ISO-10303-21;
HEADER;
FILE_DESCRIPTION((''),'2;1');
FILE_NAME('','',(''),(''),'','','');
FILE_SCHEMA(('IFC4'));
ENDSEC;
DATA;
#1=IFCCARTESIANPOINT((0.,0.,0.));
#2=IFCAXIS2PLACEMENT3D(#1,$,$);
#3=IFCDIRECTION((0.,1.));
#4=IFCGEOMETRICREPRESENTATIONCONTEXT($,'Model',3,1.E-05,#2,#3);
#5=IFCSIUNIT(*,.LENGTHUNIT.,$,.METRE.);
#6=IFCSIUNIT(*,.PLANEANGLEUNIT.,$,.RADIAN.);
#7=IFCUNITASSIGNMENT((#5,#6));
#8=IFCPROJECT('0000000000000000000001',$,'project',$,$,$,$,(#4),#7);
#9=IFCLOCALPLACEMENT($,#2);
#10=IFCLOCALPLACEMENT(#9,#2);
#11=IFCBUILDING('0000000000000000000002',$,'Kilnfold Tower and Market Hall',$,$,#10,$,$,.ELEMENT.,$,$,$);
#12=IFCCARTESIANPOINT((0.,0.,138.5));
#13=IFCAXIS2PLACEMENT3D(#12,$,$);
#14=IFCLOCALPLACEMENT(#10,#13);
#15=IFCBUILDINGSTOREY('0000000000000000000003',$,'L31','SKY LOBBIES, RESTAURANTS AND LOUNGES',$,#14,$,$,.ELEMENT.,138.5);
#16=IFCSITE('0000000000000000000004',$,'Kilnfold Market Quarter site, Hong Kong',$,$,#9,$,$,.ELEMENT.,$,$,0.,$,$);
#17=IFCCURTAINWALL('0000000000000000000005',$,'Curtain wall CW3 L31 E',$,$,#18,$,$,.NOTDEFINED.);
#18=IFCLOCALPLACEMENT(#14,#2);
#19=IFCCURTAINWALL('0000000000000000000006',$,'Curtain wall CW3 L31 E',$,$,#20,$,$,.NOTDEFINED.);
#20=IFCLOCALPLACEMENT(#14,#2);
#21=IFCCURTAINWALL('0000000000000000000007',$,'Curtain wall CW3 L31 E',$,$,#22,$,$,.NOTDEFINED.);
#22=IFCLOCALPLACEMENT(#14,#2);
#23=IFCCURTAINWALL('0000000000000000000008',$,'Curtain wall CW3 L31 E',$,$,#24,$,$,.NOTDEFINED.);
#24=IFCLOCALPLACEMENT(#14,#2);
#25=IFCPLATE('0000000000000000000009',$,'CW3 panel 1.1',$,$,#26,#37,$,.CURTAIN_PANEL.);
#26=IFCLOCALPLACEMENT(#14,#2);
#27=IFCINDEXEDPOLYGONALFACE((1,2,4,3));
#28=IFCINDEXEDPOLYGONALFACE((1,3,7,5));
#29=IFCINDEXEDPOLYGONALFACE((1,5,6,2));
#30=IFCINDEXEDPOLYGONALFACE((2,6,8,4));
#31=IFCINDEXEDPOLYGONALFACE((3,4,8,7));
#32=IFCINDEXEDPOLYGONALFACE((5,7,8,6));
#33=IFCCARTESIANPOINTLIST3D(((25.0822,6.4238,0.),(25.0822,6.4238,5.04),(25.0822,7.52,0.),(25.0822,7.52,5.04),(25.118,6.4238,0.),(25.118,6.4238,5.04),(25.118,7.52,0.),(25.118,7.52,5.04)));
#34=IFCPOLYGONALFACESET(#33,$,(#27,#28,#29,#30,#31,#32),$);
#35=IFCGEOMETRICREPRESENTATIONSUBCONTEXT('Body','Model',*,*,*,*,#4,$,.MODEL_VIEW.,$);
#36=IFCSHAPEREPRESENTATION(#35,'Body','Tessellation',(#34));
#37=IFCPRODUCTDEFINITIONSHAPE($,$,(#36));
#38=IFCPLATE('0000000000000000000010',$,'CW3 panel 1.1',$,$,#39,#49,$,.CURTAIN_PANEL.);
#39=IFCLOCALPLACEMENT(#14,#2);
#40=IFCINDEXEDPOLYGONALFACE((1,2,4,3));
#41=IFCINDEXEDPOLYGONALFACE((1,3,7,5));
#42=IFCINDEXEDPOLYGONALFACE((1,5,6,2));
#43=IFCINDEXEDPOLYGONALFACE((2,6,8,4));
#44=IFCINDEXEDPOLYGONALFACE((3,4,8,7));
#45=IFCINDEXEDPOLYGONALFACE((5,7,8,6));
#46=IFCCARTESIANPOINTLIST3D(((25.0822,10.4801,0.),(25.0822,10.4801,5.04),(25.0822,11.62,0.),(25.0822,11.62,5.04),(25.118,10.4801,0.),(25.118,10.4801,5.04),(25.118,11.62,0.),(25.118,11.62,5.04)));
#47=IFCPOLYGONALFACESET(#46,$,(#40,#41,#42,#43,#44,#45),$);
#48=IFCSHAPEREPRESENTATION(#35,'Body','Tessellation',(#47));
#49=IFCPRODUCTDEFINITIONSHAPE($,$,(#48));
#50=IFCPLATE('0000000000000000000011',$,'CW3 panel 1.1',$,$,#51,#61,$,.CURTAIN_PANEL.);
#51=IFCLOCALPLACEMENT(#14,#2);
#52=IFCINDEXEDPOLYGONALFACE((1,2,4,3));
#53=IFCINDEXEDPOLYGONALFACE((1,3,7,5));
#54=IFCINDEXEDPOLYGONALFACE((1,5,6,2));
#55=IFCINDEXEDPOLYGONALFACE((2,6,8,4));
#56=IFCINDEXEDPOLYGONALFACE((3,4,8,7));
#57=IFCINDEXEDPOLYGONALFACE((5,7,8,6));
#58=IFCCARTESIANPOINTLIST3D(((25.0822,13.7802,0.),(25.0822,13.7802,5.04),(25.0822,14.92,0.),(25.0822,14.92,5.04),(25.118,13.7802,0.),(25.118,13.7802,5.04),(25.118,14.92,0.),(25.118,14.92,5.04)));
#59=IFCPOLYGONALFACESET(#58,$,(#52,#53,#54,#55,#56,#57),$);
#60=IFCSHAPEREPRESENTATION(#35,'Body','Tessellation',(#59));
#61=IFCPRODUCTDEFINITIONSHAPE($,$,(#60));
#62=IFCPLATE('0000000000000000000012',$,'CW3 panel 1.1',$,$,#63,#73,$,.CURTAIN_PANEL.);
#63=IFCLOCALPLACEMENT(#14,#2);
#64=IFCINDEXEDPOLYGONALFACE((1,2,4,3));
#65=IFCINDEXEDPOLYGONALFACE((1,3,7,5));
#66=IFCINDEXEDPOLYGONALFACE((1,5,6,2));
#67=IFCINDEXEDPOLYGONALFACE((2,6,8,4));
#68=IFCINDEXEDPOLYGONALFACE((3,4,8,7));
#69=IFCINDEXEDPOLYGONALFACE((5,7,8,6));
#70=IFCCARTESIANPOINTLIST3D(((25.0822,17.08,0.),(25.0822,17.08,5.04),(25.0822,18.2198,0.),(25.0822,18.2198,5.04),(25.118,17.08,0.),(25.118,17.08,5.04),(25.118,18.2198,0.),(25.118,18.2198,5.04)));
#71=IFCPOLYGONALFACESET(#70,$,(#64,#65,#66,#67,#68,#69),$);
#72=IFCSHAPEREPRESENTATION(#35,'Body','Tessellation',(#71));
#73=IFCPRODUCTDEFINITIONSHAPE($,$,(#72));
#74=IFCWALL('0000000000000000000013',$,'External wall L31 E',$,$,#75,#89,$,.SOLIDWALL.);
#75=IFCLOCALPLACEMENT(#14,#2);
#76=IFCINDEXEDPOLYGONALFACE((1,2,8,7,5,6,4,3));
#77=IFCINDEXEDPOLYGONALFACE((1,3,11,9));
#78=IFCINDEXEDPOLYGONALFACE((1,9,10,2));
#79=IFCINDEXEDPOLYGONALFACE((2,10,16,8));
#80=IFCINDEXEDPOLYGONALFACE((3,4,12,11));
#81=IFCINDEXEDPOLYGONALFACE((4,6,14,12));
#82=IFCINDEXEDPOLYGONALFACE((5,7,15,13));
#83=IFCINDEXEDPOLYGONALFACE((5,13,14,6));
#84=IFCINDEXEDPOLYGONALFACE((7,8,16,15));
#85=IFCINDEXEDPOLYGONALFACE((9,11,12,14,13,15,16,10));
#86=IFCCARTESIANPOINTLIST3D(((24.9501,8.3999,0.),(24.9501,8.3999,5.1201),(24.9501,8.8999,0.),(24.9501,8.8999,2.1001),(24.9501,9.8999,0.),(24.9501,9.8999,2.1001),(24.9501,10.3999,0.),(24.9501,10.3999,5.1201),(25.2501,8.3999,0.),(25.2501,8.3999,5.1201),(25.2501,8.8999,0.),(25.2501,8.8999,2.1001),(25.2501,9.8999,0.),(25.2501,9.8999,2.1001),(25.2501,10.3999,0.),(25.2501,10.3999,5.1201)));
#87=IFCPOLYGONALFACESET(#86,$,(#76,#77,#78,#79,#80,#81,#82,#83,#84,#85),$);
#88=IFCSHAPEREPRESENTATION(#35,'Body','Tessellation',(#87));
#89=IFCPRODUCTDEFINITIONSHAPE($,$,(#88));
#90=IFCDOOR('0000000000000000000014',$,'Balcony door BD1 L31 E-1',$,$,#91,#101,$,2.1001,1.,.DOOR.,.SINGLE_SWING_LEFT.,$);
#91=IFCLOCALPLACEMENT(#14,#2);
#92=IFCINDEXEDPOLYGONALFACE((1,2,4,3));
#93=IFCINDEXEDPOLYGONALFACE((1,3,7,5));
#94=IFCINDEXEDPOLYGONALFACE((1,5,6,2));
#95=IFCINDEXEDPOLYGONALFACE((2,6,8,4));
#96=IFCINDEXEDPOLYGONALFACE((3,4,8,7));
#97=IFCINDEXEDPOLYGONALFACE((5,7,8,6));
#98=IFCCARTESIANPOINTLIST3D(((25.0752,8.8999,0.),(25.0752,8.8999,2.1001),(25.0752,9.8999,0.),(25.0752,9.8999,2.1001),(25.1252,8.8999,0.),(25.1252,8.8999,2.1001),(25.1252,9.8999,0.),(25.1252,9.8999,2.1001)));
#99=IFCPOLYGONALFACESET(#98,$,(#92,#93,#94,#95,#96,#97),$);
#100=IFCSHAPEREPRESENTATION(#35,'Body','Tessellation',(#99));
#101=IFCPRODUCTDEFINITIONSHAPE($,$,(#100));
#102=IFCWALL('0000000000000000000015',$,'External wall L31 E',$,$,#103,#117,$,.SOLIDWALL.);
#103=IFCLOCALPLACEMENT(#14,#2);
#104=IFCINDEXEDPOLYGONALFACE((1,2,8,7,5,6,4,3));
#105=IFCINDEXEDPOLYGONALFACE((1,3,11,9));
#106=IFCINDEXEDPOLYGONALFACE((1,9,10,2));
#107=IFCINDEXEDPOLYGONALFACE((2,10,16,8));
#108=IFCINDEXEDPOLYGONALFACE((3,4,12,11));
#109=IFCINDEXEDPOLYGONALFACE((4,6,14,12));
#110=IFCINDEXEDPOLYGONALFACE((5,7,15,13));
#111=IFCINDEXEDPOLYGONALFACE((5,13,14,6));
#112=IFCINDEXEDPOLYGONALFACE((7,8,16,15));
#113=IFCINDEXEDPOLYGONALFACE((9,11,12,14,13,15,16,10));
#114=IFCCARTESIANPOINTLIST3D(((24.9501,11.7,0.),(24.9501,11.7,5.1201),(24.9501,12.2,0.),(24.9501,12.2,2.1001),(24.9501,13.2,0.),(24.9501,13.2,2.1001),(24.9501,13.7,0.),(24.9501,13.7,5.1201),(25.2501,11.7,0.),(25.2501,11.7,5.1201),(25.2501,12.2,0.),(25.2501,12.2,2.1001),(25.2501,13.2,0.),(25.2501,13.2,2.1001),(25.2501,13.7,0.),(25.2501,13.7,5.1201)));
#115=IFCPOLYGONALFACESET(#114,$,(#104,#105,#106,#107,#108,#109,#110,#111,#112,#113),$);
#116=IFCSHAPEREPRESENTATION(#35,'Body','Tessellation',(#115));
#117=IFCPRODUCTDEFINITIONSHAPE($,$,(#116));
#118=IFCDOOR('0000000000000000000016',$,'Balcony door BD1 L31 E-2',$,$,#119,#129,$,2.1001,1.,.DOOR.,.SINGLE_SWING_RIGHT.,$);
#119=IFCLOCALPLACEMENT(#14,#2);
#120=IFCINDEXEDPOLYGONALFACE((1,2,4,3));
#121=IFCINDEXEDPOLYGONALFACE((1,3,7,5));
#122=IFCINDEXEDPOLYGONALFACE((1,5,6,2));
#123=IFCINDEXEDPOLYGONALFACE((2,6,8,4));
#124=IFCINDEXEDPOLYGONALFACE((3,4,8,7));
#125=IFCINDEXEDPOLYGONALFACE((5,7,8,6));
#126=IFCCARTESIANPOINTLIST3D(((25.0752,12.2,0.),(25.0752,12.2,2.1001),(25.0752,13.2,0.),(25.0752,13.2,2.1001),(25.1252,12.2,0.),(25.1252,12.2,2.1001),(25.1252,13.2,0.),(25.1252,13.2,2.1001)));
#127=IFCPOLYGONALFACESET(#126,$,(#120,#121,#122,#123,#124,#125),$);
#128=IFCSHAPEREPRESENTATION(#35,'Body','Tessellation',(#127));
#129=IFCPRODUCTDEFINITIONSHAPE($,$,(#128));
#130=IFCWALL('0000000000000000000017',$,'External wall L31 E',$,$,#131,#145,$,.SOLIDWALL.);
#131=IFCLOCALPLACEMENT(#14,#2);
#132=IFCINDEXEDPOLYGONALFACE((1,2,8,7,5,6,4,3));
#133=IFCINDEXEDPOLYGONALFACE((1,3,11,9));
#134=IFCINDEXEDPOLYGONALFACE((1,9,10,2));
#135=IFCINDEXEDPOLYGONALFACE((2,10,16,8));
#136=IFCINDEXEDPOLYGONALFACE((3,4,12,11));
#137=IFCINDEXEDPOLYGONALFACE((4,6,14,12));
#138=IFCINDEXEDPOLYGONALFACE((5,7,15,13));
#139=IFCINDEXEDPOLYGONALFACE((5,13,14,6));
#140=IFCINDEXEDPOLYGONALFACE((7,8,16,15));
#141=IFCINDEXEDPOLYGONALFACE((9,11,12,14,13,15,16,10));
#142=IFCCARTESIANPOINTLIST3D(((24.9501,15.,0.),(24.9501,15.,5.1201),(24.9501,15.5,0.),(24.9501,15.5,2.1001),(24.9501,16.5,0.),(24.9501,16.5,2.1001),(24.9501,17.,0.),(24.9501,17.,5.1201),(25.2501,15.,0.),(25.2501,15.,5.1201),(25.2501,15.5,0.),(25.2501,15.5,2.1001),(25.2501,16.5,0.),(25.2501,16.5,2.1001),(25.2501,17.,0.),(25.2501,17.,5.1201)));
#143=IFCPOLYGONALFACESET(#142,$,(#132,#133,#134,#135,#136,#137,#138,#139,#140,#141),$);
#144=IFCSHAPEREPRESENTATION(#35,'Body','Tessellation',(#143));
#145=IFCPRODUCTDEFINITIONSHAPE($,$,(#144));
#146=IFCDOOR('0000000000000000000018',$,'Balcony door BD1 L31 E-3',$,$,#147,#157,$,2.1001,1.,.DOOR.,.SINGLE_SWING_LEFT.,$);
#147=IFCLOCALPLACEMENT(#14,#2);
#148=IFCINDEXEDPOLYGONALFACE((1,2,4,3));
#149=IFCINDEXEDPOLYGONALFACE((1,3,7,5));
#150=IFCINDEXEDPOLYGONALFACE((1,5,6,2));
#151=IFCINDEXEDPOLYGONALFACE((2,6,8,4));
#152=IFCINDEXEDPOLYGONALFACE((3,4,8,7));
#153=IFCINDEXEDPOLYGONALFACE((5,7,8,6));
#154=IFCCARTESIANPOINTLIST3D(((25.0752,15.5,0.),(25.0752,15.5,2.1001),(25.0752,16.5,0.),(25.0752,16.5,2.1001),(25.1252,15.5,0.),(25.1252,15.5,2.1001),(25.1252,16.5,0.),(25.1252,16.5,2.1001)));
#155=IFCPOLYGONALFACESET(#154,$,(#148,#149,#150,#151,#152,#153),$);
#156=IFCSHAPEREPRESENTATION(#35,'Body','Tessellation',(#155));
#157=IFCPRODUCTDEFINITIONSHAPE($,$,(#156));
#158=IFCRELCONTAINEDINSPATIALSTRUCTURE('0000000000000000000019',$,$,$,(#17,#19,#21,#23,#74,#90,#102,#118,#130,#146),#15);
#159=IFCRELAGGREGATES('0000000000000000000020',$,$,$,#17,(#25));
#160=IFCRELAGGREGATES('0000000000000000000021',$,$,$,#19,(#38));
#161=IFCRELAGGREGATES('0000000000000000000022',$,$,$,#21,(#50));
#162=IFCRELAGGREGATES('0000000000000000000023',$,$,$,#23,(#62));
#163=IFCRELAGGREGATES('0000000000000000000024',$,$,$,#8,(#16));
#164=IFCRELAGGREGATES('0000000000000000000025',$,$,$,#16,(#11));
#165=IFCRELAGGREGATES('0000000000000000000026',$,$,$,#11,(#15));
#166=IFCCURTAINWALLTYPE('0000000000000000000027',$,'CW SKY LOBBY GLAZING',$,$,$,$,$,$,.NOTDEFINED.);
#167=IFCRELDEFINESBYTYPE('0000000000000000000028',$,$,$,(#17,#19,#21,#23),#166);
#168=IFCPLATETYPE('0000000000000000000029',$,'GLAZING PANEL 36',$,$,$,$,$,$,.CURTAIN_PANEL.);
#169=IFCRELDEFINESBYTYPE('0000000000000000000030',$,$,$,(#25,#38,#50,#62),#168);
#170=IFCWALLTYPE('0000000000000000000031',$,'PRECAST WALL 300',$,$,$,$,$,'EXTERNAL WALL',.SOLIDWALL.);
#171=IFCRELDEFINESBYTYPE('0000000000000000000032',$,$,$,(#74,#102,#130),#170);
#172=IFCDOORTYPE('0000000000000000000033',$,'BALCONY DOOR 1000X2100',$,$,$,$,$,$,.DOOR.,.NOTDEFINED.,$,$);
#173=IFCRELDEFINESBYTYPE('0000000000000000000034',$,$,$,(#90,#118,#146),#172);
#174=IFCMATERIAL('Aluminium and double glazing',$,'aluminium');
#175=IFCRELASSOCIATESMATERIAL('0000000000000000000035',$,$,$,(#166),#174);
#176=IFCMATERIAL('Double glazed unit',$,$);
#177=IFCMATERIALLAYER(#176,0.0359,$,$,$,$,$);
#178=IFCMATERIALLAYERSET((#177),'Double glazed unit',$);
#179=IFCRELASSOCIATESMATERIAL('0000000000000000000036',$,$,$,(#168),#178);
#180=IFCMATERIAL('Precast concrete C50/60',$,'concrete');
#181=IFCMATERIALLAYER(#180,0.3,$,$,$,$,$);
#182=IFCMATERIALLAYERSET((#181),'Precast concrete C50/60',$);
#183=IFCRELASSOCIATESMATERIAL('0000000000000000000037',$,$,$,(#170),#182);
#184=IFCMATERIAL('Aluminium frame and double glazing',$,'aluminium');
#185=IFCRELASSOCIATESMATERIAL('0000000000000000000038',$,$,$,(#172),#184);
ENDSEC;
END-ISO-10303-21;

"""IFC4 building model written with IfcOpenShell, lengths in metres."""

from ifc_helpers import new_model, si_unit, direction, frame, frame_2d, origin, origin_2d, place, context, subcontext, project, spatial, rectangle, extrude, source, transform, mapped, material, layer, layer_set, type_object, element, fill, aggregate, save


model = new_model("IFC4")

# Units and contexts
model_context = context("Model", 3, precision=1e-05, world=origin(), true_north=direction((0.0, 1.0)))
body_context = subcontext(model_context, "Body", "Model", "MODEL_VIEW")
ifc_project = project(units=[si_unit("LENGTHUNIT", "METRE"), si_unit("PLANEANGLEUNIT", "RADIAN")], contexts=[model_context])

# Site, building, storey
site_placement = place(None, origin())
site = spatial("IfcSite", under=ifc_project, at=site_placement, Name="Kilnfold Market Quarter site, Hong Kong", CompositionType="ELEMENT", RefElevation=0.0)
building_placement = place(site_placement, origin())
building = spatial("IfcBuilding", under=site, at=building_placement, Name="Kilnfold Tower and Market Hall", CompositionType="ELEMENT")
storey_placement = place(building_placement, frame((0.0, 0.0, 138.5)))
storey = spatial("IfcBuildingStorey", under=building, at=storey_placement, Name="L31", Description="SKY LOBBIES, RESTAURANTS AND LOUNGES", CompositionType="ELEMENT", Elevation=138.5)

# Curtain wall
ifc_material_1 = material(Name="Aluminium and double glazing", Category="aluminium")
curtain_wall_type = type_object("IfcCurtainWallType", Name="CW SKY LOBBY GLAZING", PredefinedType="NOTDEFINED", material=ifc_material_1)
curtain_wall_1_placement = place(storey_placement, origin())
curtain_wall_1 = element("IfcCurtainWall", 1, at=curtain_wall_1_placement, inside=storey, type_object=curtain_wall_type, Name="Curtain wall CW3 L31 E", PredefinedType="NOTDEFINED")

# Curtain walls
curtain_wall_2_placement = place(storey_placement, origin())
curtain_wall_2 = element("IfcCurtainWall", 2, at=curtain_wall_2_placement, inside=storey, type_object=curtain_wall_type, Name="Curtain wall CW3 L31 E", PredefinedType="NOTDEFINED")
curtain_wall_3_placement = place(storey_placement, origin())
curtain_wall_3 = element("IfcCurtainWall", 3, at=curtain_wall_3_placement, inside=storey, type_object=curtain_wall_type, Name="Curtain wall CW3 L31 E", PredefinedType="NOTDEFINED")
curtain_wall_4_placement = place(storey_placement, origin())
curtain_wall_4 = element("IfcCurtainWall", 4, at=curtain_wall_4_placement, inside=storey, type_object=curtain_wall_type, Name="Curtain wall CW3 L31 E", PredefinedType="NOTDEFINED")

# Plates
ifc_material_2 = material(Name="Double glazed unit")
ifc_layer_1 = layer(ifc_material_2, 0.0359)
ifc_layer_set_1 = layer_set([ifc_layer_1], Name="Double glazed unit")
plate_type = type_object("IfcPlateType", Name="GLAZING PANEL 36", PredefinedType="CURTAIN_PANEL", material=ifc_layer_set_1)
shared_shape_1 = source(origin(), body_context, "Body", "SweptSolid", [
    extrude(rectangle(XDim=1.0962, YDim=0.0359, at=origin_2d()), origin(), (0.0, 0.0, 1.0), 5.04),
])
plate_1_placement = place(storey_placement, frame((25.1001, 6.9719, 0.0), z_axis=(0.0, 0.0, 1.0), x_axis=(0.0, 1.0, 0.0)))
plate_1 = element("IfcPlate", 5, at=plate_1_placement, type_object=plate_type, Name="CW3 panel 1.1", PredefinedType="CURTAIN_PANEL", context=body_context, shape_type="MappedRepresentation", body=[
    mapped(shared_shape_1, transform((0.0, 0.0, 0.0))),
])
aggregate(curtain_wall_1, [plate_1])
shared_shape_2 = source(origin(), body_context, "Body", "SweptSolid", [
    extrude(rectangle(XDim=1.1399, YDim=0.0359, at=origin_2d()), origin(), (0.0, 0.0, 1.0), 5.04),
])
plate_2_placement = place(storey_placement, frame((25.1001, 11.05, 0.0), z_axis=(0.0, 0.0, 1.0), x_axis=(0.0, 1.0, 0.0)))
plate_2 = element("IfcPlate", 6, at=plate_2_placement, type_object=plate_type, Name="CW3 panel 1.1", PredefinedType="CURTAIN_PANEL", context=body_context, shape_type="MappedRepresentation", body=[
    mapped(shared_shape_2, transform((0.0, 0.0, 0.0))),
])
aggregate(curtain_wall_2, [plate_2])
plate_3_placement = place(storey_placement, frame((25.1001, 14.3501, 0.0), z_axis=(0.0, 0.0, 1.0), x_axis=(0.0, 1.0, 0.0)))
plate_3 = element("IfcPlate", 7, at=plate_3_placement, type_object=plate_type, Name="CW3 panel 1.1", PredefinedType="CURTAIN_PANEL", context=body_context, shape_type="MappedRepresentation", body=[
    mapped(shared_shape_2, transform((0.0, 0.0, 0.0))),
])
aggregate(curtain_wall_3, [plate_3])
plate_4_placement = place(storey_placement, frame((25.1001, 17.6499, 0.0), z_axis=(0.0, 0.0, 1.0), x_axis=(0.0, 1.0, 0.0)))
plate_4 = element("IfcPlate", 8, at=plate_4_placement, type_object=plate_type, Name="CW3 panel 1.1", PredefinedType="CURTAIN_PANEL", context=body_context, shape_type="MappedRepresentation", body=[
    mapped(shared_shape_2, transform((0.0, 0.0, 0.0))),
])
aggregate(curtain_wall_4, [plate_4])

# Walls, openings, doors
ifc_material_3 = material(Name="Precast concrete C50/60", Category="concrete")
ifc_layer_2 = layer(ifc_material_3, 0.3)
ifc_layer_set_2 = layer_set([ifc_layer_2], Name="Precast concrete C50/60")
wall_type = type_object("IfcWallType", Name="PRECAST WALL 300", ElementType="EXTERNAL WALL", PredefinedType="SOLIDWALL", material=ifc_layer_set_2)
shared_shape_3 = source(origin(), body_context, "Body", "SweptSolid", [
    extrude(rectangle(XDim=2.0, YDim=0.3, at=frame_2d((1.0, 0.0))), origin(), (0.0, 0.0, 1.0), 5.1201),
])
wall_1_placement = place(storey_placement, frame((25.1001, 8.3999, 0.0), z_axis=(0.0, 0.0, 1.0), x_axis=(0.0, 1.0, 0.0)))
wall_1 = element("IfcWall", 9, at=wall_1_placement, inside=storey, type_object=wall_type, Name="External wall L31 E", PredefinedType="SOLIDWALL", context=body_context, shape_type="MappedRepresentation", body=[
    mapped(shared_shape_3, transform((0.0, 0.0, 0.0))),
])
opening_1_placement = place(wall_1_placement, frame((0.5, 0.0, 0.0)))
opening_1 = element("IfcOpeningElement", 10, at=opening_1_placement, cuts=wall_1, PredefinedType="OPENING", context=body_context, shape_type="SweptSolid", body=[
    extrude(rectangle(XDim=1.0, YDim=2.1001, at=frame_2d((0.5, 1.05))), frame((0.0, 0.1602, 0.0), z_axis=(0.0, -1.0, 0.0), x_axis=(1.0, 0.0, 0.0)), (0.0, 0.0, 1.0), 0.3201),
])
ifc_material_4 = material(Name="Aluminium frame and double glazing", Category="aluminium")
door_type = type_object("IfcDoorType", Name="BALCONY DOOR 1000X2100", OperationType="NOTDEFINED", PredefinedType="DOOR", material=ifc_material_4)
door_1_placement = place(opening_1_placement, origin())
door_1 = element("IfcDoor", 11, at=door_1_placement, inside=storey, type_object=door_type, Name="Balcony door BD1 L31 E-1", OperationType="SINGLE_SWING_LEFT", OverallHeight=2.1001, OverallWidth=1.0, PredefinedType="DOOR", context=body_context, shape_type="SweptSolid", body=[
    extrude(rectangle(XDim=1.0, YDim=2.1001, at=frame_2d((0.5, 1.05))), frame((0.0, 0.0249, 0.0), z_axis=(0.0, -1.0, 0.0), x_axis=(1.0, 0.0, 0.0)), (0.0, 0.0, 1.0), 0.05),
])
fill(opening_1, door_1)
wall_2_placement = place(storey_placement, frame((25.1001, 11.7, 0.0), z_axis=(0.0, 0.0, 1.0), x_axis=(0.0, 1.0, 0.0)))
wall_2 = element("IfcWall", 12, at=wall_2_placement, inside=storey, type_object=wall_type, Name="External wall L31 E", PredefinedType="SOLIDWALL", context=body_context, shape_type="MappedRepresentation", body=[
    mapped(shared_shape_3, transform((0.0, 0.0, 0.0))),
])
opening_2_placement = place(wall_2_placement, frame((0.5, 0.0, 0.0)))
opening_2 = element("IfcOpeningElement", 13, at=opening_2_placement, cuts=wall_2, PredefinedType="OPENING", context=body_context, shape_type="SweptSolid", body=[
    extrude(rectangle(XDim=1.0, YDim=2.1001, at=frame_2d((0.5, 1.05))), frame((0.0, 0.1602, 0.0), z_axis=(0.0, -1.0, 0.0), x_axis=(1.0, 0.0, 0.0)), (0.0, 0.0, 1.0), 0.3201),
])
door_2_placement = place(opening_2_placement, origin())
door_2 = element("IfcDoor", 14, at=door_2_placement, inside=storey, type_object=door_type, Name="Balcony door BD1 L31 E-2", OperationType="SINGLE_SWING_RIGHT", OverallHeight=2.1001, OverallWidth=1.0, PredefinedType="DOOR", context=body_context, shape_type="SweptSolid", body=[
    extrude(rectangle(XDim=1.0, YDim=2.1001, at=frame_2d((0.5, 1.05))), frame((0.0, 0.0249, 0.0), z_axis=(0.0, -1.0, 0.0), x_axis=(1.0, 0.0, 0.0)), (0.0, 0.0, 1.0), 0.05),
])
fill(opening_2, door_2)
wall_3_placement = place(storey_placement, frame((25.1001, 15.0, 0.0), z_axis=(0.0, 0.0, 1.0), x_axis=(0.0, 1.0, 0.0)))
wall_3 = element("IfcWall", 15, at=wall_3_placement, inside=storey, type_object=wall_type, Name="External wall L31 E", PredefinedType="SOLIDWALL", context=body_context, shape_type="MappedRepresentation", body=[
    mapped(shared_shape_3, transform((0.0, 0.0, 0.0))),
])
opening_3_placement = place(wall_3_placement, frame((0.5, 0.0, 0.0)))
opening_3 = element("IfcOpeningElement", 16, at=opening_3_placement, cuts=wall_3, PredefinedType="OPENING", context=body_context, shape_type="SweptSolid", body=[
    extrude(rectangle(XDim=1.0, YDim=2.1001, at=frame_2d((0.5, 1.05))), frame((0.0, 0.1602, 0.0), z_axis=(0.0, -1.0, 0.0), x_axis=(1.0, 0.0, 0.0)), (0.0, 0.0, 1.0), 0.3201),
])
door_3_placement = place(opening_3_placement, origin())
door_3 = element("IfcDoor", 17, at=door_3_placement, inside=storey, type_object=door_type, Name="Balcony door BD1 L31 E-3", OperationType="SINGLE_SWING_LEFT", OverallHeight=2.1001, OverallWidth=1.0, PredefinedType="DOOR", context=body_context, shape_type="SweptSolid", body=[
    extrude(rectangle(XDim=1.0, YDim=2.1001, at=frame_2d((0.5, 1.05))), frame((0.0, 0.0249, 0.0), z_axis=(0.0, -1.0, 0.0), x_axis=(1.0, 0.0, 0.0)), (0.0, 0.0, 1.0), 0.05),
])
fill(opening_3, door_3)

save(model, "model.ifc")
